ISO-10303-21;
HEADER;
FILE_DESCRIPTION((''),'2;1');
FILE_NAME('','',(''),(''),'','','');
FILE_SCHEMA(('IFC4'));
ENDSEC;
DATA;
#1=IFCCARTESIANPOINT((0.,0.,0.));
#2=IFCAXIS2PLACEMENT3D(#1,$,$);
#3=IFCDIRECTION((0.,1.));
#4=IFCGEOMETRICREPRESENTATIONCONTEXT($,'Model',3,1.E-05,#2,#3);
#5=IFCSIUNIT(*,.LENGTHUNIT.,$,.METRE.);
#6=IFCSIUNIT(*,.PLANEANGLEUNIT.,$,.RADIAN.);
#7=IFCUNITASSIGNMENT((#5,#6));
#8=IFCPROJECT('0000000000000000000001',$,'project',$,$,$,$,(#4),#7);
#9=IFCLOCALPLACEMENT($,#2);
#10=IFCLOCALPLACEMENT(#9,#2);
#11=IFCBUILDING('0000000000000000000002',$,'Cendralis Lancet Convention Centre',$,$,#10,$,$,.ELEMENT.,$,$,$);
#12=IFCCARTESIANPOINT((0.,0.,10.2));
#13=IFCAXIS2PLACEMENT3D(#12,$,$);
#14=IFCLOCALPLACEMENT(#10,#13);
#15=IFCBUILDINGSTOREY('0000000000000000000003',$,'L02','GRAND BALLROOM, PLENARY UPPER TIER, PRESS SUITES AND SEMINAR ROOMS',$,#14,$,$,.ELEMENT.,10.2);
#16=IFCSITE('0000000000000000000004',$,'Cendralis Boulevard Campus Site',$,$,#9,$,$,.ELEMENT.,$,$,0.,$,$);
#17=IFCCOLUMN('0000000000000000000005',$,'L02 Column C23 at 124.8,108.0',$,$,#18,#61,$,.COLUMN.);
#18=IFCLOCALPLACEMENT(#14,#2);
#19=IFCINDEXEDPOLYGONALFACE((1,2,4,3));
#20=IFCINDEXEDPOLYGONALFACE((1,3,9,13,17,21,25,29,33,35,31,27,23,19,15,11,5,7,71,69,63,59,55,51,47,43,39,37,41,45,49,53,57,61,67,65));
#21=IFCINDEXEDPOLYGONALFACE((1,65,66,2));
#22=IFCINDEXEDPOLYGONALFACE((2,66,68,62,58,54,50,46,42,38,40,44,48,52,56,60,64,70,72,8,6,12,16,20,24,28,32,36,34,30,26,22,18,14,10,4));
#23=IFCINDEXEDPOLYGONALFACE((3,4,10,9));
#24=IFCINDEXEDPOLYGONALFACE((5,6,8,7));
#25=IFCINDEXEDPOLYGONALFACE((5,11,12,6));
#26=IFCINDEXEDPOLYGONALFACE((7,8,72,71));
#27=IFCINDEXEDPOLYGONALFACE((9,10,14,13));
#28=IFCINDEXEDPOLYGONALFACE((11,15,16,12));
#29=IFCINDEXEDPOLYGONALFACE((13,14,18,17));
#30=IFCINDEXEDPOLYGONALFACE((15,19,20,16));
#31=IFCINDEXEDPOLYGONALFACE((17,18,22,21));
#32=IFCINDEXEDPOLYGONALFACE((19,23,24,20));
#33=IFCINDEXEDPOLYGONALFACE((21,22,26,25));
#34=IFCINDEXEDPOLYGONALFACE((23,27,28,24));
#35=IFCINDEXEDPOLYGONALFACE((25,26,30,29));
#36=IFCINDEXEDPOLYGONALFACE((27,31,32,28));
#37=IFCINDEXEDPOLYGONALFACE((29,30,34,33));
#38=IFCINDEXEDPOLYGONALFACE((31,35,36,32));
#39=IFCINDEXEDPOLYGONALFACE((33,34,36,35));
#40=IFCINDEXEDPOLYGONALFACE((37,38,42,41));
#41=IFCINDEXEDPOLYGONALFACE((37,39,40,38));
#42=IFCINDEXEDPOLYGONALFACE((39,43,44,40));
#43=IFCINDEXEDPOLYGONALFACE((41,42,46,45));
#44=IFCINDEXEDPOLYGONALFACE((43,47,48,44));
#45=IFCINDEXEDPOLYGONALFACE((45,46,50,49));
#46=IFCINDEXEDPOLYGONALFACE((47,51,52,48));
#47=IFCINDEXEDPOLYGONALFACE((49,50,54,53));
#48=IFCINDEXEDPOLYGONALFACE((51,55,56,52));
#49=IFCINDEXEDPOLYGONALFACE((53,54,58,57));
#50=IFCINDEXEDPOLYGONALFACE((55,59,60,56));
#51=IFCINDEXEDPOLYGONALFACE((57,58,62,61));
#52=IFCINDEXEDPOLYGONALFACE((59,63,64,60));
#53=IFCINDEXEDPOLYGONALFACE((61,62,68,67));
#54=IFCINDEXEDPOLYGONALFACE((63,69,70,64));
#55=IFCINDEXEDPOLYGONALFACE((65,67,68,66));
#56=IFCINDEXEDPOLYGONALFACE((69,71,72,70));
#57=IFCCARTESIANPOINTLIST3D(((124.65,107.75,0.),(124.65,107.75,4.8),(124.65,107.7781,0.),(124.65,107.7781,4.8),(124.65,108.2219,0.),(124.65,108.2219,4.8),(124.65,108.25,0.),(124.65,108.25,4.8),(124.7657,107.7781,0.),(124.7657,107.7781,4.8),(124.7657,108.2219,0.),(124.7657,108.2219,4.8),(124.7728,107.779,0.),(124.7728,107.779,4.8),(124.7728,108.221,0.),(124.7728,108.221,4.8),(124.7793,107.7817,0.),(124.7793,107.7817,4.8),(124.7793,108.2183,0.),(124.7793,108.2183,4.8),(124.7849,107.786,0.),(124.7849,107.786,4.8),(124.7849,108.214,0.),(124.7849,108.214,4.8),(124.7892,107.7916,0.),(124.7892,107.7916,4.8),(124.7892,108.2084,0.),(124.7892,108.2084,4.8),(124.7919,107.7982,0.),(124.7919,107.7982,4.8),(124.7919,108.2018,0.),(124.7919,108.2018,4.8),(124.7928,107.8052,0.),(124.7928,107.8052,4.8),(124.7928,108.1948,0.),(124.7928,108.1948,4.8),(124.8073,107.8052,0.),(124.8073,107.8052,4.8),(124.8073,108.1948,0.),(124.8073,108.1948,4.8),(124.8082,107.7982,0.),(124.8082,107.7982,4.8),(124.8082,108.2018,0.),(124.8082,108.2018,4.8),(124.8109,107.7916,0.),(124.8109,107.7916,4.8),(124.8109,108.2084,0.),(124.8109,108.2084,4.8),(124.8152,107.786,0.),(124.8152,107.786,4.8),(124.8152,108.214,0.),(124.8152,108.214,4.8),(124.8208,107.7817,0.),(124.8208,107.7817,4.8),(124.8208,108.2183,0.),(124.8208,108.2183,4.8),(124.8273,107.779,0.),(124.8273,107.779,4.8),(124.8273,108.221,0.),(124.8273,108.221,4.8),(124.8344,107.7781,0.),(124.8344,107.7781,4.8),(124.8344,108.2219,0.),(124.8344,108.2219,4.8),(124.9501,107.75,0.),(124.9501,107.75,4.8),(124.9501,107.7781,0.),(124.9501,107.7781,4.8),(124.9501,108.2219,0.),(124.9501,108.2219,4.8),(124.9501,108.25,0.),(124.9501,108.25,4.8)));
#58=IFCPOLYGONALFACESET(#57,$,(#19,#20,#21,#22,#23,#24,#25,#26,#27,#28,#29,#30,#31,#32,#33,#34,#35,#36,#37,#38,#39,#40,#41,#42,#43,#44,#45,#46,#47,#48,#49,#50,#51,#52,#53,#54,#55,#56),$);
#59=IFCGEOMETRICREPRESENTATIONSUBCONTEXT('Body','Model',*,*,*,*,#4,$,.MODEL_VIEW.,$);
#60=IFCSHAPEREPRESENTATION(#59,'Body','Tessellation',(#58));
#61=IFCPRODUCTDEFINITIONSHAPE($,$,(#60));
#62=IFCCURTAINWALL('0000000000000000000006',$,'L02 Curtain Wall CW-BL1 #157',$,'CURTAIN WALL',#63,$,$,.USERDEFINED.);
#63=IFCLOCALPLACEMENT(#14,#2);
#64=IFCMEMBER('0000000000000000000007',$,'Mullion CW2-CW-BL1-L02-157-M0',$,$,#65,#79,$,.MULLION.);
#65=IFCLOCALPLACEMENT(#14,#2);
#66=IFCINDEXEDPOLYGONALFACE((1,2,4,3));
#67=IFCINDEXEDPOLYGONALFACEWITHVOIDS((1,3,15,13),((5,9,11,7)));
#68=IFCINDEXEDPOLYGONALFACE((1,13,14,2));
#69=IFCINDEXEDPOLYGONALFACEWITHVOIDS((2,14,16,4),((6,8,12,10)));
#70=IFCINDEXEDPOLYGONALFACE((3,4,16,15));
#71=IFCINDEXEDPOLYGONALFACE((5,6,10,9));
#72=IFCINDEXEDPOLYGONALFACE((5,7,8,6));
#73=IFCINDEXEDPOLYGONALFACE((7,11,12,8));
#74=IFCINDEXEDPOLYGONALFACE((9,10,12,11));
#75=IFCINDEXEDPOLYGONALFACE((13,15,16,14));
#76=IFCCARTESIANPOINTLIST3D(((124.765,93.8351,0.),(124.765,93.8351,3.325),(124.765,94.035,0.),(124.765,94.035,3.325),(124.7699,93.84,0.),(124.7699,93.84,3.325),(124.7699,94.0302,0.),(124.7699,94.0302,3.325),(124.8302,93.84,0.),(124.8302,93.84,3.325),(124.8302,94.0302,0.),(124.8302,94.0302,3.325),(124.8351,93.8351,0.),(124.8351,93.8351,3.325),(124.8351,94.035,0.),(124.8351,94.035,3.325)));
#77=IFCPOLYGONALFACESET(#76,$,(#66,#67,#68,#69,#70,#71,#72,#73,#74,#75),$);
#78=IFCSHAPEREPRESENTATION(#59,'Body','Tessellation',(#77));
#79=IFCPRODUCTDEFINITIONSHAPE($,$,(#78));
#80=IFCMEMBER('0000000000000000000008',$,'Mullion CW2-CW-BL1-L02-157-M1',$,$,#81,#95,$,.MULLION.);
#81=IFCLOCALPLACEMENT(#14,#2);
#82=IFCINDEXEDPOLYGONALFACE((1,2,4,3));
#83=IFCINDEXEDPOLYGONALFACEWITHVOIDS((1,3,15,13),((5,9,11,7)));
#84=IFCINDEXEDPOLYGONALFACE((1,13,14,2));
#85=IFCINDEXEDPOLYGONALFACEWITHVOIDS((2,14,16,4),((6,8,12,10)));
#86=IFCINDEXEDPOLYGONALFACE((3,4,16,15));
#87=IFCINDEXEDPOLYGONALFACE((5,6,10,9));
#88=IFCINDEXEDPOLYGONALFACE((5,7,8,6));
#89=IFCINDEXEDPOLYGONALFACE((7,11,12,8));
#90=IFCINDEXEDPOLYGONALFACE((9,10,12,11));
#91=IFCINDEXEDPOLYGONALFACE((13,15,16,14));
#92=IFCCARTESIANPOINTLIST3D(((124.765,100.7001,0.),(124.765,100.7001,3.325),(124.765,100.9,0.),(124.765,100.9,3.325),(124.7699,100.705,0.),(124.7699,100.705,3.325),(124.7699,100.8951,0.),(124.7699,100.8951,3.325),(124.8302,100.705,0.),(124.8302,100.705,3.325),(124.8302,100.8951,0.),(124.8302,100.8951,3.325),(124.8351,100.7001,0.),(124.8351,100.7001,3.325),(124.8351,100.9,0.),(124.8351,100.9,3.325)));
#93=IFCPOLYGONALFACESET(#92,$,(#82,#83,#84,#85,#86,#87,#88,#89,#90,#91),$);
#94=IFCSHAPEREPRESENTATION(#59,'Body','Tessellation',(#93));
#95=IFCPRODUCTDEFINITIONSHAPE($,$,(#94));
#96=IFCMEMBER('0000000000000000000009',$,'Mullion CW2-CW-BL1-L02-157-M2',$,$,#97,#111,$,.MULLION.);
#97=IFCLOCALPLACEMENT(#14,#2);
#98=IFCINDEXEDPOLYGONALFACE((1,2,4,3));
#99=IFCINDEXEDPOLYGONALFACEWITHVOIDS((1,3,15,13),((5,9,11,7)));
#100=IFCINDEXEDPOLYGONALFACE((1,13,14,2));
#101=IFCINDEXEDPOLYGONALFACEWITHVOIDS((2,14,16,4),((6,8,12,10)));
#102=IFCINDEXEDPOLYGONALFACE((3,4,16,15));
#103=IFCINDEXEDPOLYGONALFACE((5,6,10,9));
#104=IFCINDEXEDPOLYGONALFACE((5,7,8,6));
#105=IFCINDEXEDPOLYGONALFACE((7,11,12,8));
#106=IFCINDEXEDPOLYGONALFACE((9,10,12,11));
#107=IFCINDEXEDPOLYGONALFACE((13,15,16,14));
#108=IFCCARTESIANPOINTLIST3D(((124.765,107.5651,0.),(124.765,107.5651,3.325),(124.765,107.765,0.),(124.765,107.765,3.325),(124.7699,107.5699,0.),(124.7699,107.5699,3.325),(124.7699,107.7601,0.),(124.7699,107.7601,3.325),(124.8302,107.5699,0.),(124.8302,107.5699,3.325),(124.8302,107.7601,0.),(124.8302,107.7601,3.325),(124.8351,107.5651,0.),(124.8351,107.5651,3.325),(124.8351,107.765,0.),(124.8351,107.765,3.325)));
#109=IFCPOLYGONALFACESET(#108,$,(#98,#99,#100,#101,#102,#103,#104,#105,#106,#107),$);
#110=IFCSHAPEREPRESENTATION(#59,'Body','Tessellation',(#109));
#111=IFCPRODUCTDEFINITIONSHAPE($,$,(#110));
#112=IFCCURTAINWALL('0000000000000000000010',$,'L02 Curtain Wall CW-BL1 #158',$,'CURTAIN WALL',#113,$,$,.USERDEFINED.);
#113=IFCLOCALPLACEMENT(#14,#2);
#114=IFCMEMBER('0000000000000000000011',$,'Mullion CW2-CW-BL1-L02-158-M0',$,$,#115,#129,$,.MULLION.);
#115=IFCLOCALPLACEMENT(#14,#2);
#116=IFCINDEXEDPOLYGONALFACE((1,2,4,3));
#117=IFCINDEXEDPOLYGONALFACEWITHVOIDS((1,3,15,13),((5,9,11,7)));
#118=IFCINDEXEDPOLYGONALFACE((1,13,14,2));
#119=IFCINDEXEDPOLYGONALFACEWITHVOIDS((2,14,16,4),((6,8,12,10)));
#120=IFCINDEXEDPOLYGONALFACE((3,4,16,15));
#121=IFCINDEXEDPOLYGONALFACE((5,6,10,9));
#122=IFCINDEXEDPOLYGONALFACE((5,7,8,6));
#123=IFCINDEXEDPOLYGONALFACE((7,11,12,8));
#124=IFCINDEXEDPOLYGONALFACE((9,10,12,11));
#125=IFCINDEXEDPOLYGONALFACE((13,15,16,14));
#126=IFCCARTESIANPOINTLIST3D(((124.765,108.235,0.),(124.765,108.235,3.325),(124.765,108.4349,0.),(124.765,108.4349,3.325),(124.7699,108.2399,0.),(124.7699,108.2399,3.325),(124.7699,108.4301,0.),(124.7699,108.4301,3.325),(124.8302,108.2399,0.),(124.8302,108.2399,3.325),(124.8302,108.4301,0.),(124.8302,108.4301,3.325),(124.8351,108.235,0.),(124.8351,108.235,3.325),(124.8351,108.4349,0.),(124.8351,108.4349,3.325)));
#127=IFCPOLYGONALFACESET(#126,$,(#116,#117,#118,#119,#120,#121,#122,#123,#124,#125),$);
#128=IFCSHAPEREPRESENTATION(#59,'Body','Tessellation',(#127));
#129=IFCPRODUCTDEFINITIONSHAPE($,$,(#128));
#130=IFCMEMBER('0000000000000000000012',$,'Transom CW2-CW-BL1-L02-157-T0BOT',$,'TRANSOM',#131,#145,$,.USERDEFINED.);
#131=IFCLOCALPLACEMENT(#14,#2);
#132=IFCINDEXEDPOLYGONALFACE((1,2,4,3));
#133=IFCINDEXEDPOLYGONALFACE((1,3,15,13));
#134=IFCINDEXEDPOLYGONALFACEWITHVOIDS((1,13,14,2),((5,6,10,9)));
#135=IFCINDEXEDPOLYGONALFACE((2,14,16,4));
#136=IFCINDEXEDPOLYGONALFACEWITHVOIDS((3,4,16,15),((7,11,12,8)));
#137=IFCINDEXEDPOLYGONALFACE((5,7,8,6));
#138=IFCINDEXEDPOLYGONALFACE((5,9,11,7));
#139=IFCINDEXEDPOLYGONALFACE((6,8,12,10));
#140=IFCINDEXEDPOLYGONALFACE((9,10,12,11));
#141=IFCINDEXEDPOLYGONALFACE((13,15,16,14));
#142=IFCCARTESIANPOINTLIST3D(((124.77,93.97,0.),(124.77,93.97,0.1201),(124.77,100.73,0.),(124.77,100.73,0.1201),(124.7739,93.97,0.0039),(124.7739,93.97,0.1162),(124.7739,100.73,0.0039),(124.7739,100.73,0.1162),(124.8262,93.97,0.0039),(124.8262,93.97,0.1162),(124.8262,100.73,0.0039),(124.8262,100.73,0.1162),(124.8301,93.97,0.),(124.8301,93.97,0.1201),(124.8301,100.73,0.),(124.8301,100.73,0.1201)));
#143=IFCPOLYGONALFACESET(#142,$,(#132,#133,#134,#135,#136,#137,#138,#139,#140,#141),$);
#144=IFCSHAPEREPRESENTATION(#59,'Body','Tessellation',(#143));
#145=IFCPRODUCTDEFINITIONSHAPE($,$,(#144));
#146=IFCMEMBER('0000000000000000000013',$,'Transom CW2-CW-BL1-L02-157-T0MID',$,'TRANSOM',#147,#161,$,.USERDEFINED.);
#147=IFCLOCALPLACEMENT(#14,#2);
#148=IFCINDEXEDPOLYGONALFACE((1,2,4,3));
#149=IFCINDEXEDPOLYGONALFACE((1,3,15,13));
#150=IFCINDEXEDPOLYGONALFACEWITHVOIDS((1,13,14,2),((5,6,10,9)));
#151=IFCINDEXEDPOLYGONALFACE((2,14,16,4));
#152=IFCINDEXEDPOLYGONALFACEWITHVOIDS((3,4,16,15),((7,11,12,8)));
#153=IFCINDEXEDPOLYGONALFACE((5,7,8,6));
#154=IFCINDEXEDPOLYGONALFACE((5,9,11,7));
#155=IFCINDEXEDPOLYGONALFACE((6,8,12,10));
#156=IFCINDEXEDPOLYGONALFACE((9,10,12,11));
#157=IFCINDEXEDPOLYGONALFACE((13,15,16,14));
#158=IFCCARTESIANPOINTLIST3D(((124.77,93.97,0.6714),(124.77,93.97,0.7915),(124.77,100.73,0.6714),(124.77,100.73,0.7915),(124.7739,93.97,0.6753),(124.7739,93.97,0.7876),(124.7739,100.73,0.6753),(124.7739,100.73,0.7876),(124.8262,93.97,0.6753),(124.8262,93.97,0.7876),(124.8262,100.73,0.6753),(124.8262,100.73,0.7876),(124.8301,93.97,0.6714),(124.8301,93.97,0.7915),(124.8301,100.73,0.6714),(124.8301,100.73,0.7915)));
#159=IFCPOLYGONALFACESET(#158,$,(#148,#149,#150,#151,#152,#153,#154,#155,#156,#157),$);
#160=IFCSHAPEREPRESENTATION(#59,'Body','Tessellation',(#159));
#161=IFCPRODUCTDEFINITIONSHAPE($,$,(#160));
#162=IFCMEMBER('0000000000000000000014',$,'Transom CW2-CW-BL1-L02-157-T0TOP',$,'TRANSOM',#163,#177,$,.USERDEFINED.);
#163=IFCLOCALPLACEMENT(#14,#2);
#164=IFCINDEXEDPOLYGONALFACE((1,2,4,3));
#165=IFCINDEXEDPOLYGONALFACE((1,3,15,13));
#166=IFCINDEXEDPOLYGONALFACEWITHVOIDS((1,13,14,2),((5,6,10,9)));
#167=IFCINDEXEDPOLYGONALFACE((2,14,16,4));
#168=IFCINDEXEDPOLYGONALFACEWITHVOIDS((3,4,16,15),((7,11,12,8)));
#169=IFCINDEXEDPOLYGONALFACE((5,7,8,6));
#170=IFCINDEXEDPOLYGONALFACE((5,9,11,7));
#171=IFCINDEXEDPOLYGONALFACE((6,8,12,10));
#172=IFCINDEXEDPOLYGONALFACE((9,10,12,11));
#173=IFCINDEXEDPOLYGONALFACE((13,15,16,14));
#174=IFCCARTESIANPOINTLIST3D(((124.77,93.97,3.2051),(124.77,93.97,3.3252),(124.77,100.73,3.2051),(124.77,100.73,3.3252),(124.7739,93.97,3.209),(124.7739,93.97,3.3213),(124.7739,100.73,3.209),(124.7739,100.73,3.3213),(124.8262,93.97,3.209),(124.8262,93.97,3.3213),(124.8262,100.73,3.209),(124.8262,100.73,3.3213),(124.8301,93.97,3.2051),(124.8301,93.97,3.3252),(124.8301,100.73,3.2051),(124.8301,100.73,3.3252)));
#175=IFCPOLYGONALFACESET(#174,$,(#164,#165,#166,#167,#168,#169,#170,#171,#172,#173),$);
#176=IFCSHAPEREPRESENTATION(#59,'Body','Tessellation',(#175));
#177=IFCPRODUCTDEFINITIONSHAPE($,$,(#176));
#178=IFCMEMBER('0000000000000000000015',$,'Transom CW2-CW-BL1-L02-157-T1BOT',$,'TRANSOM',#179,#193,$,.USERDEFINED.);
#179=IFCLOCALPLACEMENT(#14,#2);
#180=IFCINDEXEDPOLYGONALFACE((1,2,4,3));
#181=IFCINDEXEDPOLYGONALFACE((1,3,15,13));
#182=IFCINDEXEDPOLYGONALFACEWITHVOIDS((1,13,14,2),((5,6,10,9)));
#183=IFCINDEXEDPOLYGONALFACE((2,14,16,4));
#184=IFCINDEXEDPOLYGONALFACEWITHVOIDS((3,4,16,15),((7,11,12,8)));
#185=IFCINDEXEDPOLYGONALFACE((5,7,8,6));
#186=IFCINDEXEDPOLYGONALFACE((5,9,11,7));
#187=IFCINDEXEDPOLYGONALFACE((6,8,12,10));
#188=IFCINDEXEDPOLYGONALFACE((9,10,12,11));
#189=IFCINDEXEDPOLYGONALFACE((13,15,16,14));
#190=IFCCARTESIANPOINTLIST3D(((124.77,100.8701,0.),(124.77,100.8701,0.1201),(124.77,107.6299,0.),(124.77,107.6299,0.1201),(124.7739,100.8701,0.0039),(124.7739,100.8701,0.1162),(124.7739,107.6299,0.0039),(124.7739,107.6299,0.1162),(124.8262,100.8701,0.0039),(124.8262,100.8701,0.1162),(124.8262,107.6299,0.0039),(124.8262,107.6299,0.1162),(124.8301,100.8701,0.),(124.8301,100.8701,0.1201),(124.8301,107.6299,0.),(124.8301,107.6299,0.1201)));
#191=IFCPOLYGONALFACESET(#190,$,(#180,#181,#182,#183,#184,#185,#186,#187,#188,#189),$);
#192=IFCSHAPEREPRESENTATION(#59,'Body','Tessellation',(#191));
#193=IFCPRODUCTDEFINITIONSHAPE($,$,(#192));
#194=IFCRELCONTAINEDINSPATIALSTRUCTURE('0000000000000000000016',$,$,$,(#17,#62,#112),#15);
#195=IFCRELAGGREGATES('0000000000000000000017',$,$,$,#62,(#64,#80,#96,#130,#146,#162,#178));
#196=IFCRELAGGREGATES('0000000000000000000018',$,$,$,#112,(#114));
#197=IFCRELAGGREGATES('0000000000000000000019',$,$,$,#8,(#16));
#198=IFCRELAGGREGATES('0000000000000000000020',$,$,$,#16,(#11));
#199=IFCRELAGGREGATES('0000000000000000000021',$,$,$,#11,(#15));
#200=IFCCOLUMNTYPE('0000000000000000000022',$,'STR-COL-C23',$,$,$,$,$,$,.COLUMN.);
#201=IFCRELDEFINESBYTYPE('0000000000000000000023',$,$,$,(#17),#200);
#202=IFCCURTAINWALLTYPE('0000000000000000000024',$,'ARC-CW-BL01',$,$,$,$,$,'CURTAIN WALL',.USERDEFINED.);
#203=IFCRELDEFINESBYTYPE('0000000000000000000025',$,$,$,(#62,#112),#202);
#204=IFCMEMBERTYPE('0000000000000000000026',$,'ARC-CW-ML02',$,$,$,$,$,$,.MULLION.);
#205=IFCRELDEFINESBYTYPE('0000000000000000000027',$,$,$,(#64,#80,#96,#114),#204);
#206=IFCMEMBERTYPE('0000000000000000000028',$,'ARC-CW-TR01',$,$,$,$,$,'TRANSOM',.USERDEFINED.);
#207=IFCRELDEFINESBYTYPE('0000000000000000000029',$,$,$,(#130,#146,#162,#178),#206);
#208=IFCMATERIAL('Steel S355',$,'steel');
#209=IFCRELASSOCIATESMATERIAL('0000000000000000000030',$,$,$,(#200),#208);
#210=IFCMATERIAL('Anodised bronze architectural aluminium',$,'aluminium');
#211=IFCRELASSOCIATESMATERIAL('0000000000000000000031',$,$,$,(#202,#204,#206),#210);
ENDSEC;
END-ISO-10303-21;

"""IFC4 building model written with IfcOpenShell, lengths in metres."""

from ifc_helpers import new_model, si_unit, direction, frame, origin, origin_2d, place, context, subcontext, project, spatial, hollow_rectangle, i_section, extrude, material, material_profile, profile_set, type_object, element, aggregate, save


model = new_model("IFC4")

# Units and contexts
model_context = context("Model", 3, precision=1e-05, world=origin(), true_north=direction((0.0, 1.0)))
body_context = subcontext(model_context, "Body", "Model", "MODEL_VIEW")
ifc_project = project(units=[si_unit("LENGTHUNIT", "METRE"), si_unit("PLANEANGLEUNIT", "RADIAN")], contexts=[model_context])

# Site, building, storey
site_placement = place(None, origin())
site = spatial("IfcSite", under=ifc_project, at=site_placement, Name="Cendralis Boulevard Campus Site", CompositionType="ELEMENT", RefElevation=0.0)
building_placement = place(site_placement, origin())
building = spatial("IfcBuilding", under=site, at=building_placement, Name="Cendralis Lancet Convention Centre", CompositionType="ELEMENT")
storey_placement = place(building_placement, frame((0.0, 0.0, 10.2)))
storey = spatial("IfcBuildingStorey", under=building, at=storey_placement, Name="L02", Description="GRAND BALLROOM, PLENARY UPPER TIER, PRESS SUITES AND SEMINAR ROOMS", CompositionType="ELEMENT", Elevation=10.2)

# Column
ifc_material_1 = material(Name="Steel S355", Category="steel")
ifc_material_profile_1 = material_profile(ifc_material_1, i_section(OverallWidth=0.3, OverallDepth=0.5, WebThickness=0.0144, FlangeThickness=0.0281, FilletRadius=0.0271, at=origin_2d()), Name="HEB 500")
ifc_profile_set_1 = profile_set([ifc_material_profile_1], Name="Steel S355")
column_type = type_object("IfcColumnType", Name="STR-COL-C23", PredefinedType="COLUMN", material=ifc_profile_set_1)
column_placement = place(storey_placement, frame((124.8, 108.0, 0.0), z_axis=(0.0, 0.0, 1.0), x_axis=(1.0, 0.0, 0.0)))
element("IfcColumn", 1, at=column_placement, inside=storey, type_object=column_type, Name="L02 Column C23 at 124.8,108.0", PredefinedType="COLUMN", context=body_context, shape_type="SweptSolid", body=[
    extrude(i_section(OverallWidth=0.3, OverallDepth=0.5, WebThickness=0.0144, FlangeThickness=0.0281, FilletRadius=0.0271, at=origin_2d()), origin(), (0.0, 0.0, 1.0), 4.8),
])

# Curtain wall, members
ifc_material_2 = material(Name="Anodised bronze architectural aluminium", Category="aluminium")
curtain_wall_type = type_object("IfcCurtainWallType", Name="ARC-CW-BL01", ElementType="CURTAIN WALL", PredefinedType="USERDEFINED", material=ifc_material_2)
curtain_wall_1_placement = place(storey_placement, origin())
curtain_wall_1 = element("IfcCurtainWall", 2, at=curtain_wall_1_placement, inside=storey, type_object=curtain_wall_type, Name="L02 Curtain Wall CW-BL1 #157", ObjectType="CURTAIN WALL", PredefinedType="USERDEFINED")
ifc_material_profile_2 = material_profile(ifc_material_2, hollow_rectangle(XDim=0.0701, YDim=0.2, WallThickness=0.0049, at=origin_2d()), Name="AL-MULL 70x200x5.0")
ifc_profile_set_2 = profile_set([ifc_material_profile_2], Name="Anodised bronze architectural aluminium")
member_type_1 = type_object("IfcMemberType", Name="ARC-CW-ML02", PredefinedType="MULLION", material=ifc_profile_set_2)
member_1_placement = place(storey_placement, frame((124.8, 93.9351, 0.0), z_axis=(0.0, 0.0, 1.0), x_axis=(1.0, 0.0, 0.0)))
member_1 = element("IfcMember", 3, at=member_1_placement, type_object=member_type_1, Name="Mullion CW2-CW-BL1-L02-157-M0", PredefinedType="MULLION", context=body_context, shape_type="SweptSolid", body=[
    extrude(hollow_rectangle(XDim=0.0701, YDim=0.2, WallThickness=0.0049, at=origin_2d()), origin(), (0.0, 0.0, 1.0), 3.325),
])
member_2_placement = place(storey_placement, frame((124.8, 100.8, 0.0), z_axis=(0.0, 0.0, 1.0), x_axis=(1.0, 0.0, 0.0)))
member_2 = element("IfcMember", 4, at=member_2_placement, type_object=member_type_1, Name="Mullion CW2-CW-BL1-L02-157-M1", PredefinedType="MULLION", context=body_context, shape_type="SweptSolid", body=[
    extrude(hollow_rectangle(XDim=0.0701, YDim=0.2, WallThickness=0.0049, at=origin_2d()), origin(), (0.0, 0.0, 1.0), 3.325),
])
member_3_placement = place(storey_placement, frame((124.8, 107.665, 0.0), z_axis=(0.0, 0.0, 1.0), x_axis=(1.0, 0.0, 0.0)))
member_3 = element("IfcMember", 5, at=member_3_placement, type_object=member_type_1, Name="Mullion CW2-CW-BL1-L02-157-M2", PredefinedType="MULLION", context=body_context, shape_type="SweptSolid", body=[
    extrude(hollow_rectangle(XDim=0.0701, YDim=0.2, WallThickness=0.0049, at=origin_2d()), origin(), (0.0, 0.0, 1.0), 3.325),
])

# Curtain wall, member
curtain_wall_2_placement = place(storey_placement, origin())
curtain_wall_2 = element("IfcCurtainWall", 6, at=curtain_wall_2_placement, inside=storey, type_object=curtain_wall_type, Name="L02 Curtain Wall CW-BL1 #158", ObjectType="CURTAIN WALL", PredefinedType="USERDEFINED")
member_4_placement = place(storey_placement, frame((124.8, 108.335, 0.0), z_axis=(0.0, 0.0, 1.0), x_axis=(1.0, 0.0, 0.0)))
member_4 = element("IfcMember", 7, at=member_4_placement, type_object=member_type_1, Name="Mullion CW2-CW-BL1-L02-158-M0", PredefinedType="MULLION", context=body_context, shape_type="SweptSolid", body=[
    extrude(hollow_rectangle(XDim=0.0701, YDim=0.2, WallThickness=0.0049, at=origin_2d()), origin(), (0.0, 0.0, 1.0), 3.325),
])

# Members
ifc_material_profile_3 = material_profile(ifc_material_2, hollow_rectangle(XDim=0.0601, YDim=0.1201, WallThickness=0.0039, at=origin_2d()), Name="AL-TRAN 60x120x4.0")
ifc_profile_set_3 = profile_set([ifc_material_profile_3], Name="Anodised bronze architectural aluminium")
member_type_2 = type_object("IfcMemberType", Name="ARC-CW-TR01", ElementType="TRANSOM", PredefinedType="USERDEFINED", material=ifc_profile_set_3)
member_5_placement = place(storey_placement, frame((124.8, 93.97, 0.0601), z_axis=(0.0, 1.0, 0.0), x_axis=(-1.0, 0.0, 0.0)))
member_5 = element("IfcMember", 8, at=member_5_placement, type_object=member_type_2, Name="Transom CW2-CW-BL1-L02-157-T0BOT", ObjectType="TRANSOM", PredefinedType="USERDEFINED", context=body_context, shape_type="SweptSolid", body=[
    extrude(hollow_rectangle(XDim=0.0601, YDim=0.1201, WallThickness=0.0039, at=origin_2d()), origin(), (0.0, 0.0, 1.0), 6.76),
])
member_6_placement = place(storey_placement, frame((124.8, 93.97, 0.7314), z_axis=(0.0, 1.0, 0.0), x_axis=(-1.0, 0.0, 0.0)))
member_6 = element("IfcMember", 9, at=member_6_placement, type_object=member_type_2, Name="Transom CW2-CW-BL1-L02-157-T0MID", ObjectType="TRANSOM", PredefinedType="USERDEFINED", context=body_context, shape_type="SweptSolid", body=[
    extrude(hollow_rectangle(XDim=0.0601, YDim=0.1201, WallThickness=0.0039, at=origin_2d()), origin(), (0.0, 0.0, 1.0), 6.76),
])
member_7_placement = place(storey_placement, frame((124.8, 93.97, 3.2651), z_axis=(0.0, 1.0, 0.0), x_axis=(-1.0, 0.0, 0.0)))
member_7 = element("IfcMember", 10, at=member_7_placement, type_object=member_type_2, Name="Transom CW2-CW-BL1-L02-157-T0TOP", ObjectType="TRANSOM", PredefinedType="USERDEFINED", context=body_context, shape_type="SweptSolid", body=[
    extrude(hollow_rectangle(XDim=0.0601, YDim=0.1201, WallThickness=0.0039, at=origin_2d()), origin(), (0.0, 0.0, 1.0), 6.76),
])
member_8_placement = place(storey_placement, frame((124.8, 100.8701, 0.0601), z_axis=(0.0, 1.0, 0.0), x_axis=(-1.0, 0.0, 0.0)))
member_8 = element("IfcMember", 11, at=member_8_placement, type_object=member_type_2, Name="Transom CW2-CW-BL1-L02-157-T1BOT", ObjectType="TRANSOM", PredefinedType="USERDEFINED", context=body_context, shape_type="SweptSolid", body=[
    extrude(hollow_rectangle(XDim=0.0601, YDim=0.1201, WallThickness=0.0039, at=origin_2d()), origin(), (0.0, 0.0, 1.0), 6.7598),
])

aggregate(curtain_wall_1, [member_1, member_2, member_3, member_5, member_6, member_7, member_8])
aggregate(curtain_wall_2, [member_4])

save(model, "model.ifc")
